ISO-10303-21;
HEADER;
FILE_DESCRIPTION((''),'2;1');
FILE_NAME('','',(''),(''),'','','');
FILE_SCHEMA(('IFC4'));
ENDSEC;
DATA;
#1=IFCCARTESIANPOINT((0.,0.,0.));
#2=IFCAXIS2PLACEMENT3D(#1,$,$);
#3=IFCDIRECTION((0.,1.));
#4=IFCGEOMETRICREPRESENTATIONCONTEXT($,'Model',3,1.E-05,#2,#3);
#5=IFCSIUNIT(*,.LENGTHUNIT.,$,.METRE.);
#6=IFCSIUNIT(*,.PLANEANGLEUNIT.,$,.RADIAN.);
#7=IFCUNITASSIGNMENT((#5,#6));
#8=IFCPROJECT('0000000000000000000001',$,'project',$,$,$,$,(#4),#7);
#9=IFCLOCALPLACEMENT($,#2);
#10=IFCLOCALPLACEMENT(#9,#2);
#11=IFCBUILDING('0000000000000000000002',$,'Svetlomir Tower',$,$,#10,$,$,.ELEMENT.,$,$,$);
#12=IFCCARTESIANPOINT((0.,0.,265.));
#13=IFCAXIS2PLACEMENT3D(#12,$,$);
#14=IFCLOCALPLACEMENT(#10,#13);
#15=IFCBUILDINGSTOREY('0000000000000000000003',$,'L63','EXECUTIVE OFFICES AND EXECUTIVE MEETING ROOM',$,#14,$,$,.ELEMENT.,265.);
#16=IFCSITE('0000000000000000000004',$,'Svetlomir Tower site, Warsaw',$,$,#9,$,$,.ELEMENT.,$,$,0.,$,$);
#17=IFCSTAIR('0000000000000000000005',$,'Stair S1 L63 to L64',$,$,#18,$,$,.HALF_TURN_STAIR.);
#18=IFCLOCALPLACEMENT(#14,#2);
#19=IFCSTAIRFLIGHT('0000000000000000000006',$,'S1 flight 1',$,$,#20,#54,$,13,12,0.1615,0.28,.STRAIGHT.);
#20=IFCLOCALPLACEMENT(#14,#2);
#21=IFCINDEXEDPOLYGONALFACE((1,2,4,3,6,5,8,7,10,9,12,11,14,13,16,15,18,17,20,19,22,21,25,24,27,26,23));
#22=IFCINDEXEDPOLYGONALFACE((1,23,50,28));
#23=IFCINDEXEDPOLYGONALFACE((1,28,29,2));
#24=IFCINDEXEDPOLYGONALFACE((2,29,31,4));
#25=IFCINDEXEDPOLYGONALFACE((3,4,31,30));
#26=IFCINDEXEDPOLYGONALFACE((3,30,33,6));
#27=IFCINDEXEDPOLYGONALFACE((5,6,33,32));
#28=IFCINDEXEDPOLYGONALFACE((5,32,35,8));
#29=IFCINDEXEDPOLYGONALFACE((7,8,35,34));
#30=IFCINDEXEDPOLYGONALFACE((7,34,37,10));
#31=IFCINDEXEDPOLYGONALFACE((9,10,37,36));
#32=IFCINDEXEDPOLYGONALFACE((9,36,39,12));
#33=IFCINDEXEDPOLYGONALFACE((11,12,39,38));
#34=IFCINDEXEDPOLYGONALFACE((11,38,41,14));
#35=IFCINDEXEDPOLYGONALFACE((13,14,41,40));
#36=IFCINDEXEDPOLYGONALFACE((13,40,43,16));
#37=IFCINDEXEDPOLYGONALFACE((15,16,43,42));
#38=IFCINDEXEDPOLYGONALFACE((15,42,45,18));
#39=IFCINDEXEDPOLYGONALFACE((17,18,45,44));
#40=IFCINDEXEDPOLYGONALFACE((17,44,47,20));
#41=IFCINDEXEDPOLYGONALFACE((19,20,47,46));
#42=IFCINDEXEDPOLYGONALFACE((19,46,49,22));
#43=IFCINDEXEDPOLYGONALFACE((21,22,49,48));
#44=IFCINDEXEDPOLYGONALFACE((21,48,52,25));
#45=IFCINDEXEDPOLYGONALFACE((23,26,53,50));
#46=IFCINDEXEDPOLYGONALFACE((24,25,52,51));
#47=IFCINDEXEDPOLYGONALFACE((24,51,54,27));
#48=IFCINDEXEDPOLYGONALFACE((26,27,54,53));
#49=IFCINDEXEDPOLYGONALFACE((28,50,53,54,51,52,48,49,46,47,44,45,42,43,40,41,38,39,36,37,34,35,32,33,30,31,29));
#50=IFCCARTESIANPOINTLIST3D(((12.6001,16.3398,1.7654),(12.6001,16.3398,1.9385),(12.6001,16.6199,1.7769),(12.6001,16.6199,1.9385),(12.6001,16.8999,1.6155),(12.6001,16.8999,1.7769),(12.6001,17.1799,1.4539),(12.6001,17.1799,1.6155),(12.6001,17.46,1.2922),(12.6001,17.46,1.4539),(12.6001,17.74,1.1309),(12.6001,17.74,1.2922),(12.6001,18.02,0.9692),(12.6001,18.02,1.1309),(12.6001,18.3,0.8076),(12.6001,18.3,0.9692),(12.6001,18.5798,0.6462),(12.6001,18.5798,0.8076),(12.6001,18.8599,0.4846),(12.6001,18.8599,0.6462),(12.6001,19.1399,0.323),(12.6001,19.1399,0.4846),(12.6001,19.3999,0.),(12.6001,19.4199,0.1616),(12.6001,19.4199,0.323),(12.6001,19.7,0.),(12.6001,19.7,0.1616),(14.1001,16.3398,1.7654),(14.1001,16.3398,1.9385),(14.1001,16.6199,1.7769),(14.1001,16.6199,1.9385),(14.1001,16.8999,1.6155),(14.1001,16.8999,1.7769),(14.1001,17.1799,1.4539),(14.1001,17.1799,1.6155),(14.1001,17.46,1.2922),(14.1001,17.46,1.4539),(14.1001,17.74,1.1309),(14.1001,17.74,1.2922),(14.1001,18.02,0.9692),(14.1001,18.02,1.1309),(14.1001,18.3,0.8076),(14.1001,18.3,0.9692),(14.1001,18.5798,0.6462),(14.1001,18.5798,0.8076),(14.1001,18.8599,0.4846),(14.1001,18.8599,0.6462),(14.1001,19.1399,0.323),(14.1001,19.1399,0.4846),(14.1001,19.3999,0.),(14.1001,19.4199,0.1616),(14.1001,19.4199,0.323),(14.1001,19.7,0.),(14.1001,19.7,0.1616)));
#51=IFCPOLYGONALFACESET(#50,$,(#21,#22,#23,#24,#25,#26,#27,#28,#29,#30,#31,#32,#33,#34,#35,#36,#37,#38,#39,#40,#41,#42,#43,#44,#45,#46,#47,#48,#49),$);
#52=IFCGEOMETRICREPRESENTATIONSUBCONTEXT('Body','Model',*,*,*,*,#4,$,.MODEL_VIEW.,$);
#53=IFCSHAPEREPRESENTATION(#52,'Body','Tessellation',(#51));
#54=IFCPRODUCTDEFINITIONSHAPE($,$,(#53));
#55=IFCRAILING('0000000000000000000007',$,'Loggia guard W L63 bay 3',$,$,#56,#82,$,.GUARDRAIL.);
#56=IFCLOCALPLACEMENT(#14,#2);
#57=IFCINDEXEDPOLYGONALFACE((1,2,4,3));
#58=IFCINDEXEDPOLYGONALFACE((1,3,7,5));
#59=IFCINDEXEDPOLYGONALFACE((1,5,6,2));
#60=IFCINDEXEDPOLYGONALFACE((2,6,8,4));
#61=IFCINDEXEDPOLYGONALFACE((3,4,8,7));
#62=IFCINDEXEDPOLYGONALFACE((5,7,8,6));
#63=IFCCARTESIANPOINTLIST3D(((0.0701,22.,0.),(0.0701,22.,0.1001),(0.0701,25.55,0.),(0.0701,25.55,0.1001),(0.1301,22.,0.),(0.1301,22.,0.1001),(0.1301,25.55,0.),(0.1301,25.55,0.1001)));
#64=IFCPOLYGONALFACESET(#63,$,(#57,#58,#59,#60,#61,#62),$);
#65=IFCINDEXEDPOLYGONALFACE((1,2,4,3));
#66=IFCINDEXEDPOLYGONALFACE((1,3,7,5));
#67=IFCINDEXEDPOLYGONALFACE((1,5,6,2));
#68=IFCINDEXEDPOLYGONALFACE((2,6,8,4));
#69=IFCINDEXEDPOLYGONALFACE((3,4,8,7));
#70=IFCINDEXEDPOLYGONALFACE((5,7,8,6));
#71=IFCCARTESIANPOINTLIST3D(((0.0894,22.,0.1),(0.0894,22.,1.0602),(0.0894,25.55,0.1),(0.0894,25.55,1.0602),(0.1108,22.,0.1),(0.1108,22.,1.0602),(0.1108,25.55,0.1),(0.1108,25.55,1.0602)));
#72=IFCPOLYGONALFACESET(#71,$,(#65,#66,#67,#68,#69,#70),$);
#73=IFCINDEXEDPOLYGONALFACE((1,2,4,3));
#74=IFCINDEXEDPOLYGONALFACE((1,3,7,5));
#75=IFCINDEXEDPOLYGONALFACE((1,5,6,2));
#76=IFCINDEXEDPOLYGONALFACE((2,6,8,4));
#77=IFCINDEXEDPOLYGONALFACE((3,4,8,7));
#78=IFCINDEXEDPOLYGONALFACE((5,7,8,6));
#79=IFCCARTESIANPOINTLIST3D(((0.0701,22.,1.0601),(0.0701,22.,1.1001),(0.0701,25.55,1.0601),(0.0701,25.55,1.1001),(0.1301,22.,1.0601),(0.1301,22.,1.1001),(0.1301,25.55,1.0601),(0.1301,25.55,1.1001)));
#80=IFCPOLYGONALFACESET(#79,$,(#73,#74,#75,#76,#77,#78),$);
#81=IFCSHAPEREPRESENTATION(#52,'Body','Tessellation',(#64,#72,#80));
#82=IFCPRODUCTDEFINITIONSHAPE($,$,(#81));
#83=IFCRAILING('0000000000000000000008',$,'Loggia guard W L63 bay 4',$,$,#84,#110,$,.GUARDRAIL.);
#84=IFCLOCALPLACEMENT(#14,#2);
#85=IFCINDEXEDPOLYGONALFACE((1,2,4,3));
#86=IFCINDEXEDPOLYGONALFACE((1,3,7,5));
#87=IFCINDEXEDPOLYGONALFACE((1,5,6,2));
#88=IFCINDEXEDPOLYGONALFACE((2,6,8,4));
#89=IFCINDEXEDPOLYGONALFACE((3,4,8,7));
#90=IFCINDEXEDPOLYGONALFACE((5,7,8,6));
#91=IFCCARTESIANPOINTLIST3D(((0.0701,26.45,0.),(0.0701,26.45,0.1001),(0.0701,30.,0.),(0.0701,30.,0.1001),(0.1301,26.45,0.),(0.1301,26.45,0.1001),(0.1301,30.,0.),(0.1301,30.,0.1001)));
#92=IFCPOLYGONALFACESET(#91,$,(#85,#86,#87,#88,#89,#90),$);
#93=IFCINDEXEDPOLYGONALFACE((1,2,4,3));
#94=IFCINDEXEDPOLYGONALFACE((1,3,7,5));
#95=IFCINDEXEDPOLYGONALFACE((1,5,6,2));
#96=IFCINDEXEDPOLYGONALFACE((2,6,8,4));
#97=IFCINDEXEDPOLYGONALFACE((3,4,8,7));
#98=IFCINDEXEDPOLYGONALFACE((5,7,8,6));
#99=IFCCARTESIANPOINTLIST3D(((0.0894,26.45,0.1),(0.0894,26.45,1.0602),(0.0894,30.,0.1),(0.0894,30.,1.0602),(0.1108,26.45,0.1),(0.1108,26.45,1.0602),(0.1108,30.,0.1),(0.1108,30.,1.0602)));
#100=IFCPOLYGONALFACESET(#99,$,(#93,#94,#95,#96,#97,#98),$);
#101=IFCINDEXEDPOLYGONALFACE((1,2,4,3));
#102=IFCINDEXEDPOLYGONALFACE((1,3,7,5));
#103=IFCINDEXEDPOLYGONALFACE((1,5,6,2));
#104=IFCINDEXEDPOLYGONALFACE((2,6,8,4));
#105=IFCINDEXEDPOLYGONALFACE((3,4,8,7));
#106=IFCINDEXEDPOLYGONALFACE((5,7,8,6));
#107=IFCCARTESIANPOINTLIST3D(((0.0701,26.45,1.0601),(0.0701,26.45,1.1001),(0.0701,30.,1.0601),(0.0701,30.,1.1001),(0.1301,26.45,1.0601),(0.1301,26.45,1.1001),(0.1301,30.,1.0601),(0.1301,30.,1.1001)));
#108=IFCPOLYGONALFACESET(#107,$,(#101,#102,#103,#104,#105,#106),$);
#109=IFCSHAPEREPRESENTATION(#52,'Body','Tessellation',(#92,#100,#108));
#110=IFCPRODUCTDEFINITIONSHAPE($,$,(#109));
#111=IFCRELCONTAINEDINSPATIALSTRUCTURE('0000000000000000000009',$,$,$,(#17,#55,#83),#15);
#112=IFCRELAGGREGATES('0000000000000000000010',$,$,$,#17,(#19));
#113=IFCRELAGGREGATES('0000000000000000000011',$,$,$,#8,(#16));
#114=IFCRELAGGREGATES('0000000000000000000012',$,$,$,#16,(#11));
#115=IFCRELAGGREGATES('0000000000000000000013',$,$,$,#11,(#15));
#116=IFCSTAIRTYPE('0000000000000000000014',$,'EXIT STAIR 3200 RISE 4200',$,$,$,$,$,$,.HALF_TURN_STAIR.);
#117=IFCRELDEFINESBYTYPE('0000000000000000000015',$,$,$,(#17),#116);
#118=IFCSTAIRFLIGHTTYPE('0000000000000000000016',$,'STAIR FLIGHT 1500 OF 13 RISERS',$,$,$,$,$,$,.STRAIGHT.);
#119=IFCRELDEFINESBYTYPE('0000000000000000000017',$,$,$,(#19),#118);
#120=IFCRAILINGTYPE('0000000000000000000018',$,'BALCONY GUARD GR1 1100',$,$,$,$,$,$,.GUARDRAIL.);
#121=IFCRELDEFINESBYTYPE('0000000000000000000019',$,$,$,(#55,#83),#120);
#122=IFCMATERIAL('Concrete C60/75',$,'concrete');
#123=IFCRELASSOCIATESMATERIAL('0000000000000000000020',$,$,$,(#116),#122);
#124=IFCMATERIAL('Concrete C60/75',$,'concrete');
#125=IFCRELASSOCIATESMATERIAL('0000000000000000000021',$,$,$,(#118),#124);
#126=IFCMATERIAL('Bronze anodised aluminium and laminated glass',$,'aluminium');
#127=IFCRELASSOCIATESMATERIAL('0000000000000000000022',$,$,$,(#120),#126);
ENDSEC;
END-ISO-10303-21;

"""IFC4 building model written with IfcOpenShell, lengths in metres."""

from ifc_helpers import new_model, si_unit, direction, frame, origin, origin_2d, place, context, subcontext, project, spatial, polyline, rectangle, outline, extrude, material, type_object, element, aggregate, save


model = new_model("IFC4")

# Units and contexts
model_context = context("Model", 3, precision=1e-05, world=origin(), true_north=direction((0.0, 1.0)))
body_context = subcontext(model_context, "Body", "Model", "MODEL_VIEW")
ifc_project = project(units=[si_unit("LENGTHUNIT", "METRE"), si_unit("PLANEANGLEUNIT", "RADIAN")], contexts=[model_context])

# Site, building, storey
site_placement = place(None, origin())
site = spatial("IfcSite", under=ifc_project, at=site_placement, Name="Svetlomir Tower site, Warsaw", CompositionType="ELEMENT", RefElevation=0.0)
building_placement = place(site_placement, origin())
building = spatial("IfcBuilding", under=site, at=building_placement, Name="Svetlomir Tower", CompositionType="ELEMENT")
storey_placement = place(building_placement, frame((0.0, 0.0, 265.0)))
storey = spatial("IfcBuildingStorey", under=building, at=storey_placement, Name="L63", Description="EXECUTIVE OFFICES AND EXECUTIVE MEETING ROOM", CompositionType="ELEMENT", Elevation=265.0)

# Stair, stair flight
ifc_material_1 = material(Name="Concrete C60/75", Category="concrete")
stair_type = type_object("IfcStairType", Name="EXIT STAIR 3200 RISE 4200", PredefinedType="HALF_TURN_STAIR", material=ifc_material_1)
stair_placement = place(storey_placement, origin())
stair = element("IfcStair", 1, at=stair_placement, inside=storey, type_object=stair_type, Name="Stair S1 L63 to L64", PredefinedType="HALF_TURN_STAIR")
ifc_material_2 = material(Name="Concrete C60/75", Category="concrete")
stair_flight_type = type_object("IfcStairFlightType", Name="STAIR FLIGHT 1500 OF 13 RISERS", PredefinedType="STRAIGHT", material=ifc_material_2)
stair_flight_placement = place(storey_placement, frame((13.3501, 19.7, 0.0), z_axis=(0.0, 0.0, 1.0), x_axis=(0.0, -1.0, 0.0)))
stair_flight = element("IfcStairFlight", 2, at=stair_flight_placement, type_object=stair_flight_type, Name="S1 flight 1", NumberOfRisers=13, NumberOfTreads=12, PredefinedType="STRAIGHT", RiserHeight=0.1615, TreadLength=0.28, context=body_context, shape_type="SweptSolid", body=[
    extrude(outline(polyline([(0.0, 0.0), (0.0, 0.1616), (0.28, 0.1616), (0.28, 0.323), (0.5601, 0.323), (0.5601, 0.4846), (0.8401, 0.4846), (0.8401, 0.6462), (1.1201, 0.6462), (1.1201, 0.8076), (1.3999, 0.8076), (1.3999, 0.9692), (1.6799, 0.9692), (1.6799, 1.1309), (1.96, 1.1309), (1.96, 1.2922), (2.24, 1.2922), (2.24, 1.4539), (2.52, 1.4539), (2.52, 1.6155), (2.8, 1.6155), (2.8, 1.7769), (3.0801, 1.7769), (3.0801, 1.9385), (3.3601, 1.9385), (3.3601, 2.1001), (3.3601, 1.7654), (0.3, 0.0), (0.0, 0.0)])), frame((0.0, 0.75, 0.0), z_axis=(0.0, -1.0, 0.0), x_axis=(1.0, 0.0, 0.0)), (0.0, 0.0, 1.0), 1.5),
])
aggregate(stair, [stair_flight])

# Railings
ifc_material_3 = material(Name="Bronze anodised aluminium and laminated glass", Category="aluminium")
railing_type_1 = type_object("IfcRailingType", Name="BALCONY GUARD GR1 1100", PredefinedType="GUARDRAIL", material=ifc_material_3)
for number, where, name in (
    (3, (0.1001, 22.0, 0.0), "Loggia guard W L63 bay 3"),
    (4, (0.1001, 26.45, 0.0), "Loggia guard W L63 bay 4"),
):
    element("IfcRailing", number, at=place(storey_placement, frame(where)), inside=storey, type_object=railing_type_1, Name=name, PredefinedType="GUARDRAIL", context=body_context, shape_type="SweptSolid", body=[
        extrude(rectangle(XDim=0.0601, YDim=0.1001, at=origin_2d()), frame((0.0, 0.0, 0.05), z_axis=(0.0, 1.0, 0.0), x_axis=(-1.0, 0.0, 0.0)), (0.0, 0.0, 1.0), 3.55),
        extrude(rectangle(XDim=0.0215, YDim=0.9602, at=origin_2d()), frame((0.0, 0.0, 0.5801), z_axis=(0.0, 1.0, 0.0), x_axis=(-1.0, 0.0, 0.0)), (0.0, 0.0, 1.0), 3.55),
        extrude(rectangle(XDim=0.0601, YDim=0.04, at=origin_2d()), frame((0.0, 0.0, 1.0801), z_axis=(0.0, 1.0, 0.0), x_axis=(-1.0, 0.0, 0.0)), (0.0, 0.0, 1.0), 3.55),
    ])

save(model, "model.ifc")
